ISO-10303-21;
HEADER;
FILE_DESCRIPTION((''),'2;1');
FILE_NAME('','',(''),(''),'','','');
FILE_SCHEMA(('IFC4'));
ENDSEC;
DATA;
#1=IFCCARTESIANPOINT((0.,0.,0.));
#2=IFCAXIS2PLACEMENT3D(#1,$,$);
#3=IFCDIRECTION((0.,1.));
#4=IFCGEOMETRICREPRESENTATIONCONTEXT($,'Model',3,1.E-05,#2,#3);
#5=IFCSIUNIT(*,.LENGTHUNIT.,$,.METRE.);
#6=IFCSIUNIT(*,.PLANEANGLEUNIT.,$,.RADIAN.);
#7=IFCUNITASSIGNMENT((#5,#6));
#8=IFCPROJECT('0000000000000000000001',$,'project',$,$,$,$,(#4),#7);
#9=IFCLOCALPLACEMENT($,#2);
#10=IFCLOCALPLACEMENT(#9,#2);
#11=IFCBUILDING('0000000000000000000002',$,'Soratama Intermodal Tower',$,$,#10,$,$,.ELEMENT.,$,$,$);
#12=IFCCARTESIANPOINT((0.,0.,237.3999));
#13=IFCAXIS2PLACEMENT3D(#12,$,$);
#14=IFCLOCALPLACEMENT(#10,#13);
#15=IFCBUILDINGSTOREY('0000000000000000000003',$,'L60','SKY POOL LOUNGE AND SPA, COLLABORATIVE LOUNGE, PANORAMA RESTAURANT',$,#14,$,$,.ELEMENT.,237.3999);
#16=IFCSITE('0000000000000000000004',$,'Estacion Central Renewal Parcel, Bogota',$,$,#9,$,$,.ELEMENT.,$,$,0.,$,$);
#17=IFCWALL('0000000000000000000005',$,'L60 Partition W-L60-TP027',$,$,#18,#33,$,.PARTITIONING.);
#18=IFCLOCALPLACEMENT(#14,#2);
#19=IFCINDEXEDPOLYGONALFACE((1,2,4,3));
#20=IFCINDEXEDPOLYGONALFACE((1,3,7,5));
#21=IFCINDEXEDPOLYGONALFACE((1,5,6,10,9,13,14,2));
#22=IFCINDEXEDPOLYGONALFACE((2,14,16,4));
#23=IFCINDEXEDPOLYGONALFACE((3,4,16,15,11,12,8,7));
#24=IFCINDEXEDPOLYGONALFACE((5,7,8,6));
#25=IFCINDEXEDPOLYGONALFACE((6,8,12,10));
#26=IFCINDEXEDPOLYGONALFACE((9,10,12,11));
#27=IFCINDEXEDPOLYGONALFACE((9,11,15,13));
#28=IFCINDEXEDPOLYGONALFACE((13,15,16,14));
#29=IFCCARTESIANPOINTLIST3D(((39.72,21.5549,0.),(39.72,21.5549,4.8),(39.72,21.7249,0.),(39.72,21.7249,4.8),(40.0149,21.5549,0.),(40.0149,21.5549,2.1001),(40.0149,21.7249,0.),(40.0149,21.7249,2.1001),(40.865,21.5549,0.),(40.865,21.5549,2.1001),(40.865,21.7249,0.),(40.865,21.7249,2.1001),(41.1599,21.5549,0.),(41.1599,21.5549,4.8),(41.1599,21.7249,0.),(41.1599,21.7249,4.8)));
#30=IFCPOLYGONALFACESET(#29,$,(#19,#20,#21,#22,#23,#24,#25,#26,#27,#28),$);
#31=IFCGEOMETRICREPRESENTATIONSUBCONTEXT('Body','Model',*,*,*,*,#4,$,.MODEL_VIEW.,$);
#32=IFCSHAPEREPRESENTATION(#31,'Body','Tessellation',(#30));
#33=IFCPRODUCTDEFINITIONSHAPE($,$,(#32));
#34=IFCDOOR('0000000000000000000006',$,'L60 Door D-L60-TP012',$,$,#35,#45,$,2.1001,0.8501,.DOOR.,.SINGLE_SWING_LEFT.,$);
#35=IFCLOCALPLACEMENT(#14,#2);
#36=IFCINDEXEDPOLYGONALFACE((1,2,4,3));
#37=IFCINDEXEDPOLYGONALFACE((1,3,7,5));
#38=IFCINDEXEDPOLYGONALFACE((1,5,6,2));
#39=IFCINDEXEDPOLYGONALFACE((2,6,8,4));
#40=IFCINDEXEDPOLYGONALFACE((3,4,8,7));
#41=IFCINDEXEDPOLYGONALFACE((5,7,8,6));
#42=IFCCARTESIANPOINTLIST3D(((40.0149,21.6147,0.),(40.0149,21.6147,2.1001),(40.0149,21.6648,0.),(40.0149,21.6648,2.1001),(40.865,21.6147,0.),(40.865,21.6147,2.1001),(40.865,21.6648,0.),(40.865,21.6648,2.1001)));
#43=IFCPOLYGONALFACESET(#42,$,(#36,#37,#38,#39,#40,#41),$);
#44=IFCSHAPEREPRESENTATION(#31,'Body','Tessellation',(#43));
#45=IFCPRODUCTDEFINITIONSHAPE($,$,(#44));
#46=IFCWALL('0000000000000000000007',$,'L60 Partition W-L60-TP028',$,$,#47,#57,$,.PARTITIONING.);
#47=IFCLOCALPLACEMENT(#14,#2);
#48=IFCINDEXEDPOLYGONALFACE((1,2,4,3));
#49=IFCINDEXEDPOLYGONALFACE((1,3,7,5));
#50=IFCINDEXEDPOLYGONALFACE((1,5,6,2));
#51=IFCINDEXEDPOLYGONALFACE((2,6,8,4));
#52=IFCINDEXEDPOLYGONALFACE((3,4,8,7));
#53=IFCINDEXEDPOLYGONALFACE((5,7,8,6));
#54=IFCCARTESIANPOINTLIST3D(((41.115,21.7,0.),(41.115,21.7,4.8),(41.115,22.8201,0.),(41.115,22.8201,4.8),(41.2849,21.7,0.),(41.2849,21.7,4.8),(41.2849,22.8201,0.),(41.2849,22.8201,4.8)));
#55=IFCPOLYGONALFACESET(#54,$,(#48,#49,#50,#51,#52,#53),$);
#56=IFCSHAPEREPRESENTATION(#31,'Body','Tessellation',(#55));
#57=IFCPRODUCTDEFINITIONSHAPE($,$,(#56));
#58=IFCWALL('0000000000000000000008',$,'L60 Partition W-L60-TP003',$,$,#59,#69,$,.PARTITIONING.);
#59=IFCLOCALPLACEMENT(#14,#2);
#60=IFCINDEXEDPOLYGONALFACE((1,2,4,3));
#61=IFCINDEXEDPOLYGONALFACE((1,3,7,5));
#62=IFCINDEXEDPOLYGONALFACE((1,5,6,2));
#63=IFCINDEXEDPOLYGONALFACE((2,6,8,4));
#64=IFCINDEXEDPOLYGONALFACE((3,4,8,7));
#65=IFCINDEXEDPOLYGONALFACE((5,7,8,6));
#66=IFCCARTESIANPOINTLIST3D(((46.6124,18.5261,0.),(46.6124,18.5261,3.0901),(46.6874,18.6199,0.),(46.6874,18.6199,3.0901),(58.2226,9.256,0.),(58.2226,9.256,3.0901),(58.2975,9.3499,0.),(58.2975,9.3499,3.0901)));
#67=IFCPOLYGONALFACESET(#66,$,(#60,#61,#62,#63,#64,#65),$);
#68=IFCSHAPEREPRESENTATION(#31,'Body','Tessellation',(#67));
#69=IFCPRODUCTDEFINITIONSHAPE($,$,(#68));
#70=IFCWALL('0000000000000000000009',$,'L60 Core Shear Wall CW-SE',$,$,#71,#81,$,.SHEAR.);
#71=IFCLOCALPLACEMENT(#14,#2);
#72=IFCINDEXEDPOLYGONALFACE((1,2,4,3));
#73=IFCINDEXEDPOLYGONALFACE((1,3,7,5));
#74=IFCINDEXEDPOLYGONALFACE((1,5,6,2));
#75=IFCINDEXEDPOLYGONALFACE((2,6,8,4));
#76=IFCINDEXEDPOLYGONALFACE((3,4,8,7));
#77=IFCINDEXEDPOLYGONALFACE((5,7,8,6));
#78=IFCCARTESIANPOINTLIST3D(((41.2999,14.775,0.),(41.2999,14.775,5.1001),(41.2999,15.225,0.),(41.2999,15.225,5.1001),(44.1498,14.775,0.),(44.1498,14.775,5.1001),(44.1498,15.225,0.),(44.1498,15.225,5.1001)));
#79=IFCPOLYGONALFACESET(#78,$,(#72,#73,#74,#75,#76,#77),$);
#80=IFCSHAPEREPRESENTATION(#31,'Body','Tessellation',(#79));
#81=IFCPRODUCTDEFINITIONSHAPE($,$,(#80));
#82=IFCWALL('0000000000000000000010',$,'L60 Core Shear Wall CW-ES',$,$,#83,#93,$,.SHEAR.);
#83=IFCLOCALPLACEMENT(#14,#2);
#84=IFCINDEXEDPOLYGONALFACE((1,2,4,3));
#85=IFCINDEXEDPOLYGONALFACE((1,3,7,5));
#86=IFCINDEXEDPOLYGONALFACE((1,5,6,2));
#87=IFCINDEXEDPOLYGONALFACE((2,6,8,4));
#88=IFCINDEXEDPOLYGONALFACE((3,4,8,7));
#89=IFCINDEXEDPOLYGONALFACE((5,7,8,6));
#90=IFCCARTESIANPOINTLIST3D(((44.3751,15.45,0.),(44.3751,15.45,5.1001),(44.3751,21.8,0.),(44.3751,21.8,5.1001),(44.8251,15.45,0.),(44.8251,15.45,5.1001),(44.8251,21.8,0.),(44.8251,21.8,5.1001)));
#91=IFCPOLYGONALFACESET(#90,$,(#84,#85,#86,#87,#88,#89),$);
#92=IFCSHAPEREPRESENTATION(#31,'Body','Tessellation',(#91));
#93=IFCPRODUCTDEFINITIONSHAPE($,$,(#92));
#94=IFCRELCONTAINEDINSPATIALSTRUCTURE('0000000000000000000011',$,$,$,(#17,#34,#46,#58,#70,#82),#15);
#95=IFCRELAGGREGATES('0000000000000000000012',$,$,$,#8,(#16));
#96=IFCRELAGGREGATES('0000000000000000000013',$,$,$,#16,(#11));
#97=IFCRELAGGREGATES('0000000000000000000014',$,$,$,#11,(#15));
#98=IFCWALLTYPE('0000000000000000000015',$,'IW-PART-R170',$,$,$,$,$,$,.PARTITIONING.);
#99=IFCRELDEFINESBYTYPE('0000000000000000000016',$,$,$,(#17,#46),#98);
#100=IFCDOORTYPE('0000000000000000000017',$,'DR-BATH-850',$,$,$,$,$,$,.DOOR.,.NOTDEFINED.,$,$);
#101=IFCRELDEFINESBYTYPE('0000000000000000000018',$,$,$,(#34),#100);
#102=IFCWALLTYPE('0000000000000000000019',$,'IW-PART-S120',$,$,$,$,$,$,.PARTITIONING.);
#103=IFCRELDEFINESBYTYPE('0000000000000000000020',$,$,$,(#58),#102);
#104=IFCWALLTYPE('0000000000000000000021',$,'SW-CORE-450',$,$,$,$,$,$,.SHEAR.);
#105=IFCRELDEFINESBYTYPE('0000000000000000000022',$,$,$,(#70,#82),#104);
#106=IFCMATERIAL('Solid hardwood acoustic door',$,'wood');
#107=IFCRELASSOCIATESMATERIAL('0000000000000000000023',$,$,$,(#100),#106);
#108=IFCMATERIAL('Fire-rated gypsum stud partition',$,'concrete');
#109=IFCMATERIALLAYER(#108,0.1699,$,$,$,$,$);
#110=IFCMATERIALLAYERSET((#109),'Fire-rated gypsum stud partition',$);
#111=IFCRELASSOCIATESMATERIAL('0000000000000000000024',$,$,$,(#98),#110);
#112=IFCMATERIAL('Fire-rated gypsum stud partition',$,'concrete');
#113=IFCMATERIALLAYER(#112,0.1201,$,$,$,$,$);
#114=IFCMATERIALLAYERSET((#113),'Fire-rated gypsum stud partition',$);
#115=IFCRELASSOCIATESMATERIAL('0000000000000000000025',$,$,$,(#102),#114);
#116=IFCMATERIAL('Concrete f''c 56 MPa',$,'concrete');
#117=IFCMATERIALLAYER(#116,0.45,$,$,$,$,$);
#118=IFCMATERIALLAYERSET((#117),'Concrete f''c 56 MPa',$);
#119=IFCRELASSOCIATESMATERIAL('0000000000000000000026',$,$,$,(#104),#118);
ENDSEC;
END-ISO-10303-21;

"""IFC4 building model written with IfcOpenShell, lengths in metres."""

from ifc_helpers import new_model, si_unit, direction, frame, frame_2d, origin, place, context, subcontext, project, spatial, rectangle, extrude, material, layer, layer_set, type_object, element, fill, save


model = new_model("IFC4")

# Units and contexts
model_context = context("Model", 3, precision=1e-05, world=origin(), true_north=direction((0.0, 1.0)))
body_context = subcontext(model_context, "Body", "Model", "MODEL_VIEW")
ifc_project = project(units=[si_unit("LENGTHUNIT", "METRE"), si_unit("PLANEANGLEUNIT", "RADIAN")], contexts=[model_context])

# Site, building, storey
site_placement = place(None, origin())
site = spatial("IfcSite", under=ifc_project, at=site_placement, Name="Estacion Central Renewal Parcel, Bogota", CompositionType="ELEMENT", RefElevation=0.0)
building_placement = place(site_placement, origin())
building = spatial("IfcBuilding", under=site, at=building_placement, Name="Soratama Intermodal Tower", CompositionType="ELEMENT")
storey_placement = place(building_placement, frame((0.0, 0.0, 237.3999)))
storey = spatial("IfcBuildingStorey", under=building, at=storey_placement, Name="L60", Description="SKY POOL LOUNGE AND SPA, COLLABORATIVE LOUNGE, PANORAMA RESTAURANT", CompositionType="ELEMENT", Elevation=237.3999)

# Wall, opening, door
ifc_material_1 = material(Name="Solid hardwood acoustic door", Category="wood")
door_type_1 = type_object("IfcDoorType", Name="DR-BATH-850", OperationType="NOTDEFINED", PredefinedType="DOOR", material=ifc_material_1)
ifc_material_2 = material(Name="Fire-rated gypsum stud partition", Category="concrete")
ifc_layer_1 = layer(ifc_material_2, 0.1699)
ifc_layer_set_1 = layer_set([ifc_layer_1], Name="Fire-rated gypsum stud partition")
wall_type_1 = type_object("IfcWallType", Name="IW-PART-R170", PredefinedType="PARTITIONING", material=ifc_layer_set_1)
wall_1_placement = place(storey_placement, frame((39.72, 21.6399, 0.0), z_axis=(0.0, 0.0, 1.0), x_axis=(1.0, 0.0, 0.0)))
wall_1 = element("IfcWall", 1, at=wall_1_placement, inside=storey, type_object=wall_type_1, Name="L60 Partition W-L60-TP027", PredefinedType="PARTITIONING", context=body_context, shape_type="SweptSolid", body=[
    extrude(rectangle(XDim=1.4399, YDim=0.1699, at=frame_2d((0.72, 0.0))), origin(), (0.0, 0.0, 1.0), 4.8),
])
opening_1_placement = place(wall_1_placement, frame((0.2949, 0.0, 0.0)))
opening_1 = element("IfcOpeningElement", 2, at=opening_1_placement, cuts=wall_1, PredefinedType="OPENING", context=body_context, shape_type="SweptSolid", body=[
    extrude(rectangle(XDim=0.8501, YDim=2.1001, at=frame_2d((0.425, 1.05))), frame((0.0, 0.095, 0.0), z_axis=(0.0, -1.0, 0.0), x_axis=(1.0, 0.0, 0.0)), (0.0, 0.0, 1.0), 0.1899),
])
door_1_placement = place(opening_1_placement, origin())
door_1 = element("IfcDoor", 3, at=door_1_placement, inside=storey, type_object=door_type_1, Name="L60 Door D-L60-TP012", OperationType="SINGLE_SWING_LEFT", OverallHeight=2.1001, OverallWidth=0.8501, PredefinedType="DOOR", context=body_context, shape_type="SweptSolid", body=[
    extrude(rectangle(XDim=0.8501, YDim=2.1001, at=frame_2d((0.425, 1.05))), frame((0.0, 0.0249, 0.0), z_axis=(0.0, -1.0, 0.0), x_axis=(1.0, 0.0, 0.0)), (0.0, 0.0, 1.0), 0.05),
])
fill(opening_1, door_1)

# Walls
wall_2_placement = place(storey_placement, frame((41.2, 21.7, 0.0), z_axis=(0.0, 0.0, 1.0), x_axis=(0.0, 1.0, 0.0)))
element("IfcWall", 4, at=wall_2_placement, inside=storey, type_object=wall_type_1, Name="L60 Partition W-L60-TP028", PredefinedType="PARTITIONING", context=body_context, shape_type="SweptSolid", body=[
    extrude(rectangle(XDim=1.1201, YDim=0.1699, at=frame_2d((0.5601, 0.0))), origin(), (0.0, 0.0, 1.0), 4.8),
])
ifc_material_3 = material(Name="Fire-rated gypsum stud partition", Category="concrete")
ifc_layer_2 = layer(ifc_material_3, 0.1201)
ifc_layer_set_2 = layer_set([ifc_layer_2], Name="Fire-rated gypsum stud partition")
wall_type_2 = type_object("IfcWallType", Name="IW-PART-S120", PredefinedType="PARTITIONING", material=ifc_layer_set_2)
wall_3_placement = place(storey_placement, frame((46.6499, 18.573, 0.0), z_axis=(0.0, 0.0, 1.0), x_axis=(0.781462, -0.623953, 0.0)))
element("IfcWall", 5, at=wall_3_placement, inside=storey, type_object=wall_type_2, Name="L60 Partition W-L60-TP003", PredefinedType="PARTITIONING", context=body_context, shape_type="SweptSolid", body=[
    extrude(rectangle(XDim=14.8569, YDim=0.1201, at=frame_2d((7.4285, 0.0))), origin(), (0.0, 0.0, 1.0), 3.0901),
])
ifc_material_4 = material(Name="Concrete f'c 56 MPa", Category="concrete")
ifc_layer_3 = layer(ifc_material_4, 0.45)
ifc_layer_set_3 = layer_set([ifc_layer_3], Name="Concrete f'c 56 MPa")
wall_type_3 = type_object("IfcWallType", Name="SW-CORE-450", PredefinedType="SHEAR", material=ifc_layer_set_3)
wall_4_placement = place(storey_placement, frame((41.3, 15.0, 0.0), z_axis=(0.0, 0.0, 1.0), x_axis=(1.0, 0.0, 0.0)))
element("IfcWall", 6, at=wall_4_placement, inside=storey, type_object=wall_type_3, Name="L60 Core Shear Wall CW-SE", PredefinedType="SHEAR", context=body_context, shape_type="SweptSolid", body=[
    extrude(rectangle(XDim=2.8499, YDim=0.45, at=frame_2d((1.4248, 0.0))), origin(), (0.0, 0.0, 1.0), 5.1001),
])
wall_5_placement = place(storey_placement, frame((44.6001, 15.45, 0.0), z_axis=(0.0, 0.0, 1.0), x_axis=(0.0, 1.0, 0.0)))
element("IfcWall", 7, at=wall_5_placement, inside=storey, type_object=wall_type_3, Name="L60 Core Shear Wall CW-ES", PredefinedType="SHEAR", context=body_context, shape_type="SweptSolid", body=[
    extrude(rectangle(XDim=6.3501, YDim=0.45, at=frame_2d((3.175, 0.0))), origin(), (0.0, 0.0, 1.0), 5.1001),
])

save(model, "model.ifc")
